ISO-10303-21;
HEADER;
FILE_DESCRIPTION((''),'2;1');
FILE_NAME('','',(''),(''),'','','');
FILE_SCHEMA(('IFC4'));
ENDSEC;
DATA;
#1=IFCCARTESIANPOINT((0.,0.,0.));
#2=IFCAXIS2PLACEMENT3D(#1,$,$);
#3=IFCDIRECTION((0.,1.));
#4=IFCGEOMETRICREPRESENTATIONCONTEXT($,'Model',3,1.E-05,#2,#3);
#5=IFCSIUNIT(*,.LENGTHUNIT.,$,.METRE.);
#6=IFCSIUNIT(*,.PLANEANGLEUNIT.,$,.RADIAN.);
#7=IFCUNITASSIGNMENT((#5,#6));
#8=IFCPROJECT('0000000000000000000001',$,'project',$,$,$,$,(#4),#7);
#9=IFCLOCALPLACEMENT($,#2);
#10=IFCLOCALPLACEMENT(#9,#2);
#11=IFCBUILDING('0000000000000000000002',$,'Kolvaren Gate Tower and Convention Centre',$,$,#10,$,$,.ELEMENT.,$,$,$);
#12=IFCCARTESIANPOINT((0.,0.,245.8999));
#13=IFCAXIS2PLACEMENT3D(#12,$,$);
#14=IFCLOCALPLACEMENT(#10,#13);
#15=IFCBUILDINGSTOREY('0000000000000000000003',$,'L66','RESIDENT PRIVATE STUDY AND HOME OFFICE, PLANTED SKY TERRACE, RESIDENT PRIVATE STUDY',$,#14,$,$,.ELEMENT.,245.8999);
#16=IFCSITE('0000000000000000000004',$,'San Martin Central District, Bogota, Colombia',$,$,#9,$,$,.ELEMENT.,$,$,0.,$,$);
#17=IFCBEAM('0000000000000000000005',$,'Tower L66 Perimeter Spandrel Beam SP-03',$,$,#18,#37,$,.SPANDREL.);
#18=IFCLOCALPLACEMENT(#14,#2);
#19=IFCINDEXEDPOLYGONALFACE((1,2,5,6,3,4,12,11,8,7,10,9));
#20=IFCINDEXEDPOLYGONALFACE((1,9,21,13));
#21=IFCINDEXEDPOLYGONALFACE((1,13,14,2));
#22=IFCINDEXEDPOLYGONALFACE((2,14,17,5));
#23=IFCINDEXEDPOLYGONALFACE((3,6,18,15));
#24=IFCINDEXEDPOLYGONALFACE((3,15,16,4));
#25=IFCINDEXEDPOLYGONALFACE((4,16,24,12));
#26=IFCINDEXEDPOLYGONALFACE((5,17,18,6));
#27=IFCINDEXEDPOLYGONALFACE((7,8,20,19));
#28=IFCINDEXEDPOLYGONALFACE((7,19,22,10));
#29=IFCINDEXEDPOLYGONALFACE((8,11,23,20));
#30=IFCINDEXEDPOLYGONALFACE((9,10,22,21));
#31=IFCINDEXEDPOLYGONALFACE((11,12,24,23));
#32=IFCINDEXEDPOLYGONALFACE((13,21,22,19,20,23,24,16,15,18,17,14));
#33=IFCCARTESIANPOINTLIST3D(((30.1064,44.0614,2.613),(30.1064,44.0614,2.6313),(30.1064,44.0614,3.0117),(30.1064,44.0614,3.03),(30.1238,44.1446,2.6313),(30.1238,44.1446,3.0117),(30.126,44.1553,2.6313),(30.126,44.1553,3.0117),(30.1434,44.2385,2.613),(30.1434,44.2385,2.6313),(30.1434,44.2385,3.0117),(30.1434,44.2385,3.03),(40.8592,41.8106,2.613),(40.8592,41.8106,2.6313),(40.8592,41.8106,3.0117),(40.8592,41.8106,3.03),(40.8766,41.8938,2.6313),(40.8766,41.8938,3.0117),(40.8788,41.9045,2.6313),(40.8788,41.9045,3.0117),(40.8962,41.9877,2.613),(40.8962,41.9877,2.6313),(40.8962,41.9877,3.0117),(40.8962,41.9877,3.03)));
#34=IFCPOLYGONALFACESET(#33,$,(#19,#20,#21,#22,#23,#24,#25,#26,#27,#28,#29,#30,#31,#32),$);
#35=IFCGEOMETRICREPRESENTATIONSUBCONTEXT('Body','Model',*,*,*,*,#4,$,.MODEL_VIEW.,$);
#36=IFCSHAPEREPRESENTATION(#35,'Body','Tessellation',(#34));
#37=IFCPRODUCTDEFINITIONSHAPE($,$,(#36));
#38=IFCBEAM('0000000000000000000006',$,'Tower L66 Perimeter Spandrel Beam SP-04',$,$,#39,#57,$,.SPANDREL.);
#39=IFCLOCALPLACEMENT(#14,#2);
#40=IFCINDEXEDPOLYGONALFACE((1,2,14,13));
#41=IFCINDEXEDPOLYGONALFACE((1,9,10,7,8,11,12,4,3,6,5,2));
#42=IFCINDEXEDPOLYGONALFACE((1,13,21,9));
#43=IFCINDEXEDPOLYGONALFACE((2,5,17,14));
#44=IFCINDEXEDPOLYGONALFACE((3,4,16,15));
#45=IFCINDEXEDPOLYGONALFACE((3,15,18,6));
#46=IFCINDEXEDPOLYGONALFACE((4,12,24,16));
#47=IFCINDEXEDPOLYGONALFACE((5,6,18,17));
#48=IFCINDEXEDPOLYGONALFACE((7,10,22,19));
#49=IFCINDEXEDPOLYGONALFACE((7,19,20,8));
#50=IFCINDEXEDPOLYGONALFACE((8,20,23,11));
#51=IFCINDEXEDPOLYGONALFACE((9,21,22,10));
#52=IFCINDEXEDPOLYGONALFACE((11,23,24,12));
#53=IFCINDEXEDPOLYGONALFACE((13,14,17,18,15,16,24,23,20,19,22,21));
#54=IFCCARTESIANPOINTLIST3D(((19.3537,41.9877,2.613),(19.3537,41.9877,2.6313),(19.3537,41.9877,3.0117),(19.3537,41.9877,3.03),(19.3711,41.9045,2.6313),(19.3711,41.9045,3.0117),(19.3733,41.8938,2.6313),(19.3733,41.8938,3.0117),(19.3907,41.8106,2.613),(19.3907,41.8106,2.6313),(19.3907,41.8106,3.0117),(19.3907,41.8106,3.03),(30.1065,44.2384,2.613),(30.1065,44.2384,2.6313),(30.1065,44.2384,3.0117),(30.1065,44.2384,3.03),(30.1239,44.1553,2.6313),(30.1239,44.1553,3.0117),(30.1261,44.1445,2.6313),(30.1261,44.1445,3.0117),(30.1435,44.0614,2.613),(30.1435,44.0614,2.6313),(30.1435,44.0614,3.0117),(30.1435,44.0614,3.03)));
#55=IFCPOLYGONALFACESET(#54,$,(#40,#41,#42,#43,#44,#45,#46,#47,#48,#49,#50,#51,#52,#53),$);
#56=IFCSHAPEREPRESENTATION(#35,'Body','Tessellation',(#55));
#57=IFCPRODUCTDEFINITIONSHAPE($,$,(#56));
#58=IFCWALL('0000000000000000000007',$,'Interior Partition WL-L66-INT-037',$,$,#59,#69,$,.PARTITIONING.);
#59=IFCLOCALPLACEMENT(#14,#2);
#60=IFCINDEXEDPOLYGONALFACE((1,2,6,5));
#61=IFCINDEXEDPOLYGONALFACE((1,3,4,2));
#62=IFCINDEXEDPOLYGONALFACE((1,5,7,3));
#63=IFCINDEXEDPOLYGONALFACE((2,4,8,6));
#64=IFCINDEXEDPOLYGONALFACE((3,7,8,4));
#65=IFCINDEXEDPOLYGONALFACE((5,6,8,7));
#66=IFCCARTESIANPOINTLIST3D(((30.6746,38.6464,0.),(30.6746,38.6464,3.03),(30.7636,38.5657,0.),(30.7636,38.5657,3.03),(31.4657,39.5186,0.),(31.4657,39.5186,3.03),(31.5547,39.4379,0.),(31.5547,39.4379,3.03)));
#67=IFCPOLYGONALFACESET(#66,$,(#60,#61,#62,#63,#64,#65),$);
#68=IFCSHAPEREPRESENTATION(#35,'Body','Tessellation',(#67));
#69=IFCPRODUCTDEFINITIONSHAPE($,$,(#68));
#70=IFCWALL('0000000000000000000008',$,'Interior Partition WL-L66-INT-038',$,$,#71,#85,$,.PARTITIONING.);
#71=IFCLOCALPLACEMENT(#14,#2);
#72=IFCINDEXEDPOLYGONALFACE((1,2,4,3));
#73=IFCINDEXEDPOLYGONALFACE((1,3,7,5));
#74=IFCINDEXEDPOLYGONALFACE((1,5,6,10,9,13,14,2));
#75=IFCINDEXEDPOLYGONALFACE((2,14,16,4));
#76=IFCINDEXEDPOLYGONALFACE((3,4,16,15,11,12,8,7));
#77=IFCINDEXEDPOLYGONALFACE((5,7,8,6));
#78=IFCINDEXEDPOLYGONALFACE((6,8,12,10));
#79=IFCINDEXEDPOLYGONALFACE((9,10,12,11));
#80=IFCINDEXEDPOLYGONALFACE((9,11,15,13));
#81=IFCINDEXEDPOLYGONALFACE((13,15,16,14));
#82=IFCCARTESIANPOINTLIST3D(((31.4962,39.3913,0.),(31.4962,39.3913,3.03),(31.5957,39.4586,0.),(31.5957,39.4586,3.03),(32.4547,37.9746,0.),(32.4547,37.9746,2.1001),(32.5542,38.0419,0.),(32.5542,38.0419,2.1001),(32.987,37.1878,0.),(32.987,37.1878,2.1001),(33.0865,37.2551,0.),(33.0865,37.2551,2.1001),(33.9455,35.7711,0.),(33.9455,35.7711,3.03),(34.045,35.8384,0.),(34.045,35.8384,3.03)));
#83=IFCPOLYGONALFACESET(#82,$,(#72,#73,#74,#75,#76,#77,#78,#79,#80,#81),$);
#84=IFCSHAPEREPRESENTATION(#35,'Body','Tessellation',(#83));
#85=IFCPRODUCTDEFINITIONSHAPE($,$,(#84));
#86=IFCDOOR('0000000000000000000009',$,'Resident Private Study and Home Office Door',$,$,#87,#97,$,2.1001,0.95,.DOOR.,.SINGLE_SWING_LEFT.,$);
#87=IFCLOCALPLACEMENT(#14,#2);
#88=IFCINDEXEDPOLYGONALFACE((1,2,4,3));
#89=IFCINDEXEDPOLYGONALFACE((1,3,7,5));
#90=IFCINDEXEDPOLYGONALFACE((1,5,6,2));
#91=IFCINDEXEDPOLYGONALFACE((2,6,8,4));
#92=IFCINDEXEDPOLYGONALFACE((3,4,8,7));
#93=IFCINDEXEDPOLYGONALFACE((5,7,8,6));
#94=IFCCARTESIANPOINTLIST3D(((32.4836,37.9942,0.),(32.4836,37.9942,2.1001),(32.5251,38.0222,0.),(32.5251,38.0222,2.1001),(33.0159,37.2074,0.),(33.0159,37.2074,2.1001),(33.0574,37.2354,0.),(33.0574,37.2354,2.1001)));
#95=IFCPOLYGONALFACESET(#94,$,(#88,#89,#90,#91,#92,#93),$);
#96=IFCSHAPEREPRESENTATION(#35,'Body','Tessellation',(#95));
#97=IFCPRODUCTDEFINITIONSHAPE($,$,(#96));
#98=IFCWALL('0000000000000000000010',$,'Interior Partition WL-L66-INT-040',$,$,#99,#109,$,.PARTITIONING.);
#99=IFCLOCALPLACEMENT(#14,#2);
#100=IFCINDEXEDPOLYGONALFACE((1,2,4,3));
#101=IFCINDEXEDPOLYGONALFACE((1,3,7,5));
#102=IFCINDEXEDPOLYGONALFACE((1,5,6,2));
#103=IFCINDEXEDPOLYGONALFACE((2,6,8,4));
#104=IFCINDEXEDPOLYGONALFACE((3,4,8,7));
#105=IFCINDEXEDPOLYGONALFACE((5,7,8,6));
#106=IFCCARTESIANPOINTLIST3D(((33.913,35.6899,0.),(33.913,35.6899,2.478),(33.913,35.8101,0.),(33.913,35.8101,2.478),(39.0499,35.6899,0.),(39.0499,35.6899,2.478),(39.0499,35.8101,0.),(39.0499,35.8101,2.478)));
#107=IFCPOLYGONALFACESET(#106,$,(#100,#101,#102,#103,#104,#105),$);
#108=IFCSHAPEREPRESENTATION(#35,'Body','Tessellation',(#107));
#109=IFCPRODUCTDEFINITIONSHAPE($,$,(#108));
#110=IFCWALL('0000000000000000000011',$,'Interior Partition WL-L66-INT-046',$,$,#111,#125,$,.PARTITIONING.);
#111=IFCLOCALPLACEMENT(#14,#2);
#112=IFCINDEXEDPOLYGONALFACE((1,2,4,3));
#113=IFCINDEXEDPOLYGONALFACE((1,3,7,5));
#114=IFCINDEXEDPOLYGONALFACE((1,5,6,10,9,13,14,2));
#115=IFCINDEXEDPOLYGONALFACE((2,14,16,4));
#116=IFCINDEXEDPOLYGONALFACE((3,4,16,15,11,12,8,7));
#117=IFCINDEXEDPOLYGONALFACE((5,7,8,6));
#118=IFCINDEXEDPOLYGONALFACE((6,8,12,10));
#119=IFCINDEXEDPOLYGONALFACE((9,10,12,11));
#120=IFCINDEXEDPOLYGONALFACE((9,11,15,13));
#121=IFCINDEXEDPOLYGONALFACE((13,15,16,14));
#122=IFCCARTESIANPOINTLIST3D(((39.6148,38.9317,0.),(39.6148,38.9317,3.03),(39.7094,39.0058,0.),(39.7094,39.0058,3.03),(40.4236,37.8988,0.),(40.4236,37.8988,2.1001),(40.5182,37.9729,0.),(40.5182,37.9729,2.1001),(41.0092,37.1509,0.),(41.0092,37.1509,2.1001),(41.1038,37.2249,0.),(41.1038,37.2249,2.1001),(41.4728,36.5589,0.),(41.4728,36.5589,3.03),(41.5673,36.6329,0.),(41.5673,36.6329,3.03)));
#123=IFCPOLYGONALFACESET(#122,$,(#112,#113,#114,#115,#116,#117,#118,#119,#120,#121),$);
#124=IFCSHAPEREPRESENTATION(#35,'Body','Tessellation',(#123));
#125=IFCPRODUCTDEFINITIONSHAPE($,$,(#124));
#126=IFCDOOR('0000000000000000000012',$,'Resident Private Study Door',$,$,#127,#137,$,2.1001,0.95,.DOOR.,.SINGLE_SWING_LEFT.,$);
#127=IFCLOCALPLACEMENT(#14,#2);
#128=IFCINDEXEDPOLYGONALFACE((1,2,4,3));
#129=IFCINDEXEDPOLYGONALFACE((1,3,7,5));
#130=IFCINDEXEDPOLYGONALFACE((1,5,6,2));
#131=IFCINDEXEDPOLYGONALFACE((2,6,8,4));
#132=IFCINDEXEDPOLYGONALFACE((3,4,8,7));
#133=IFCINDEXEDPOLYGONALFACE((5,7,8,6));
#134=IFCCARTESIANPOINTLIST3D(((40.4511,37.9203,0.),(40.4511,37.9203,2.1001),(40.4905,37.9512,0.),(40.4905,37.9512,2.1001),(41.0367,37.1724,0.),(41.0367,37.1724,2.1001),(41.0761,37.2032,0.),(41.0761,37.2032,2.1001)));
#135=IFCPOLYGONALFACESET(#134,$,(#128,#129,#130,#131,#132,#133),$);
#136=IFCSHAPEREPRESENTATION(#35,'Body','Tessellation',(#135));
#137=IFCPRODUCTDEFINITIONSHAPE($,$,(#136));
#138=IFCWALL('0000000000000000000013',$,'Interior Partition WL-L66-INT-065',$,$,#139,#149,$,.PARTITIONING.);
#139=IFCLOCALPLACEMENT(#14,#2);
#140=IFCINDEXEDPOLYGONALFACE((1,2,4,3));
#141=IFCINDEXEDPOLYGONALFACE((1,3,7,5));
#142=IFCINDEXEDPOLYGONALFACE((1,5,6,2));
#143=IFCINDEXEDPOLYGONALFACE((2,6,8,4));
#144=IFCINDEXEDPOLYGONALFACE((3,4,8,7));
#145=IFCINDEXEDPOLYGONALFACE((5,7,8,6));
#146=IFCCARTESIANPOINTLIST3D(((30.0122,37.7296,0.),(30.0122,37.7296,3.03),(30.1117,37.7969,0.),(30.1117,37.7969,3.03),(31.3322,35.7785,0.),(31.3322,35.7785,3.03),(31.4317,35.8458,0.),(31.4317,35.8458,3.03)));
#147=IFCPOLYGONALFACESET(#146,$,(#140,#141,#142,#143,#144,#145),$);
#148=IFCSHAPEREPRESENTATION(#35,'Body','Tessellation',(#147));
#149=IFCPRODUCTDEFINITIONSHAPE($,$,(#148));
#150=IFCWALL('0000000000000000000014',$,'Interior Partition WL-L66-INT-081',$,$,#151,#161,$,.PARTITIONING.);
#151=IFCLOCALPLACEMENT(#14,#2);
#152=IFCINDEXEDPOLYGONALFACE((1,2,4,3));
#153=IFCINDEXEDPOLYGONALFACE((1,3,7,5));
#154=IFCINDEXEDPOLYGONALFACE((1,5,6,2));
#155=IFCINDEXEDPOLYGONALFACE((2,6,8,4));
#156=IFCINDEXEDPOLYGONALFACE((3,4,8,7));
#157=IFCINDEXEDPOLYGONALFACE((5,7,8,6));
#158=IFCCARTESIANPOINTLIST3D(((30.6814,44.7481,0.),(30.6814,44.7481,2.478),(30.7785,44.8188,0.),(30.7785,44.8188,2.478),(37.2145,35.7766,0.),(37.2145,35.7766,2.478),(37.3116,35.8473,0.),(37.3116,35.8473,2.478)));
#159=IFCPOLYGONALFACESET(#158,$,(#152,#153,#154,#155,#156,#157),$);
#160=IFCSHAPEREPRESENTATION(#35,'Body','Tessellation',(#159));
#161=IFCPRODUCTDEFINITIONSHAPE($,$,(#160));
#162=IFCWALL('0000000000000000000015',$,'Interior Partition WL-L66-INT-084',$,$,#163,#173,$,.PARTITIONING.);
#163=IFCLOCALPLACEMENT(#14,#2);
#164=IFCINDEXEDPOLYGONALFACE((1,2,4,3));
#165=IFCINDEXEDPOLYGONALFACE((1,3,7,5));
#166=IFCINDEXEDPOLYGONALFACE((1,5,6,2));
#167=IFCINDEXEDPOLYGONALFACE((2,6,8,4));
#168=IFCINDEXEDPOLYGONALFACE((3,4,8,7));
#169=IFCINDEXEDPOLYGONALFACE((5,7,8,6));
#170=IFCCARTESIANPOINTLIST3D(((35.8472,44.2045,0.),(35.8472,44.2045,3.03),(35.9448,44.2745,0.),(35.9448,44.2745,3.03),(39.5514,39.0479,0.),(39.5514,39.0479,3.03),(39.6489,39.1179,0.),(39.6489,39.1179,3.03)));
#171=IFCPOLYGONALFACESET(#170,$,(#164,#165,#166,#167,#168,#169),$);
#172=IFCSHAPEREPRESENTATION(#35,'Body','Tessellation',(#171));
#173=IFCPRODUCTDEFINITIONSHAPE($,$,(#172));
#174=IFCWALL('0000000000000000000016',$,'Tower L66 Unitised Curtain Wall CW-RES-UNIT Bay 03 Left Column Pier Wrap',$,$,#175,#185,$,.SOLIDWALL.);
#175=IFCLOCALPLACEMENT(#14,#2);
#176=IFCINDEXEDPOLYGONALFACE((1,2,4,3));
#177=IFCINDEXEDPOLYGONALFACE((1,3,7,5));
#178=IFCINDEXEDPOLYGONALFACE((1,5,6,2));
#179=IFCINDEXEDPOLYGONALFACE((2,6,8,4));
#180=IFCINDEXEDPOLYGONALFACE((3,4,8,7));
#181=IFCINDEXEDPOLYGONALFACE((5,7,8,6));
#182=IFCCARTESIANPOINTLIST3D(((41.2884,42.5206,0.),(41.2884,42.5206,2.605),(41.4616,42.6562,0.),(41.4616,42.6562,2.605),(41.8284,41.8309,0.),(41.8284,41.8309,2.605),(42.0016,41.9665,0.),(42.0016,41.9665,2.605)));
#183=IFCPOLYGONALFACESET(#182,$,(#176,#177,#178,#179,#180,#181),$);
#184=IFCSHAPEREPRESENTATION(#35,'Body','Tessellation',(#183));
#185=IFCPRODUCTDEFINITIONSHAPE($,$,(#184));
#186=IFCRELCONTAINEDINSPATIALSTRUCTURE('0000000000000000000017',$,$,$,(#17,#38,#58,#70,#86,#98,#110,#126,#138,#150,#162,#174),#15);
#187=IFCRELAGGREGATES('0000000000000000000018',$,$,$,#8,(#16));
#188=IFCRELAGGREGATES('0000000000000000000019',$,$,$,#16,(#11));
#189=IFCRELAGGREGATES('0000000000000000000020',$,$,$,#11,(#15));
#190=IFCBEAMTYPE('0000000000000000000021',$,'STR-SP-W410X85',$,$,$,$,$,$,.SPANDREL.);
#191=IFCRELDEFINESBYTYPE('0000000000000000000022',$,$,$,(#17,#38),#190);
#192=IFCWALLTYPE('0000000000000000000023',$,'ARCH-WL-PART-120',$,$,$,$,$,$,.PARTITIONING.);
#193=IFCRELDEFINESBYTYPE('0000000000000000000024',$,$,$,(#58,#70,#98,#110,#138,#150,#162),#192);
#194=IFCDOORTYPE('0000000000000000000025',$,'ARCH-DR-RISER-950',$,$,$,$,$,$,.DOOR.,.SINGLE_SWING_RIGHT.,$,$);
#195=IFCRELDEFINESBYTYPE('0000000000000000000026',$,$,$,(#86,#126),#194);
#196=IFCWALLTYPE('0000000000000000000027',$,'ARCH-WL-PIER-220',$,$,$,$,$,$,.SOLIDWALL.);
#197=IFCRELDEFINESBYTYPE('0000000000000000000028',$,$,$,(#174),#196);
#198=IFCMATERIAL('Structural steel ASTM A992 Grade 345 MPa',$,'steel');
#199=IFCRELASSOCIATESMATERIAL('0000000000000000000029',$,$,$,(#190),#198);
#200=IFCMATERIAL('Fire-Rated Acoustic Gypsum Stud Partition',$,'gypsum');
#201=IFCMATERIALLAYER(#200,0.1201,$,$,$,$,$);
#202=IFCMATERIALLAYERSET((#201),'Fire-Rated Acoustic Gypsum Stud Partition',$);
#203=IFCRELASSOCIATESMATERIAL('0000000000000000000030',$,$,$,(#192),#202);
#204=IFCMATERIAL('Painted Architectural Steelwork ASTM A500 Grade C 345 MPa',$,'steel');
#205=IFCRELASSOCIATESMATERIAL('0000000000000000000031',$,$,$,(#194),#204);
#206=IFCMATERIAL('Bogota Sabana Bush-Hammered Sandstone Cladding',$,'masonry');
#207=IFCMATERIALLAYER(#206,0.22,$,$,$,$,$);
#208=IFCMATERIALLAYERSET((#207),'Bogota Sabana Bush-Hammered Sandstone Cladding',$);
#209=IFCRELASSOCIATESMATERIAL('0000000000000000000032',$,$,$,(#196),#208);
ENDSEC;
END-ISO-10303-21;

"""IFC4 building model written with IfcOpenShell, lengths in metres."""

from ifc_helpers import new_model, si_unit, direction, frame, frame_2d, origin, origin_2d, place, context, subcontext, project, spatial, rectangle, i_section, extrude, material, layer, layer_set, material_profile, profile_set, type_object, element, fill, save


model = new_model("IFC4")

# Units and contexts
model_context = context("Model", 3, precision=1e-05, world=origin(), true_north=direction((0.0, 1.0)))
body_context = subcontext(model_context, "Body", "Model", "MODEL_VIEW")
ifc_project = project(units=[si_unit("LENGTHUNIT", "METRE"), si_unit("PLANEANGLEUNIT", "RADIAN")], contexts=[model_context])

# Site, building, storey
site_placement = place(None, origin())
site = spatial("IfcSite", under=ifc_project, at=site_placement, Name="San Martin Central District, Bogota, Colombia", CompositionType="ELEMENT", RefElevation=0.0)
building_placement = place(site_placement, origin())
building = spatial("IfcBuilding", under=site, at=building_placement, Name="Kolvaren Gate Tower and Convention Centre", CompositionType="ELEMENT")
storey_placement = place(building_placement, frame((0.0, 0.0, 245.8999)))
storey = spatial("IfcBuildingStorey", under=building, at=storey_placement, Name="L66", Description="RESIDENT PRIVATE STUDY AND HOME OFFICE, PLANTED SKY TERRACE, RESIDENT PRIVATE STUDY", CompositionType="ELEMENT", Elevation=245.8999)

# Beams
ifc_material_1 = material(Name="Structural steel ASTM A992 Grade 345 MPa", Category="steel")
ifc_material_profile_1 = material_profile(ifc_material_1, i_section(OverallWidth=0.1809, OverallDepth=0.417, WebThickness=0.011, FlangeThickness=0.0183, at=origin_2d()), Name="W410X85")
ifc_profile_set_1 = profile_set([ifc_material_profile_1], Name="Structural steel ASTM A992 Grade 345 MPa")
beam_type_1 = type_object("IfcBeamType", Name="STR-SP-W410X85", PredefinedType="SPANDREL", material=ifc_profile_set_1)
for number, where, z_axis, x_axis, name in (
    (1, (40.8777, 41.8992, 2.8215), (-0.978788, 0.204878, 0.0), (-0.204878, -0.978788, 0.0), "Tower L66 Perimeter Spandrel Beam SP-03"),
    (2, (30.125, 44.1499, 2.8215), (-0.978788, -0.204878, 0.0), (0.204878, -0.978788, 0.0), "Tower L66 Perimeter Spandrel Beam SP-04"),
):
    element("IfcBeam", number, at=place(storey_placement, frame(where, z_axis=z_axis, x_axis=x_axis)), inside=storey, type_object=beam_type_1, Name=name, PredefinedType="SPANDREL", context=body_context, shape_type="SweptSolid", body=[
        extrude(i_section(OverallWidth=0.1809, OverallDepth=0.417, WebThickness=0.011, FlangeThickness=0.0183, at=origin_2d()), origin(), (0.0, 0.0, 1.0), 10.9858),
    ])

# Wall
ifc_material_2 = material(Name="Fire-Rated Acoustic Gypsum Stud Partition", Category="gypsum")
ifc_layer_1 = layer(ifc_material_2, 0.1201)
ifc_layer_set_1 = layer_set([ifc_layer_1], Name="Fire-Rated Acoustic Gypsum Stud Partition")
wall_type_1 = type_object("IfcWallType", Name="ARCH-WL-PART-120", PredefinedType="PARTITIONING", material=ifc_layer_set_1)
wall_1_placement = place(storey_placement, frame((30.719, 38.606, 0.0), z_axis=(0.0, 0.0, 1.0), x_axis=(0.671847, 0.74069, 0.0)))
element("IfcWall", 3, at=wall_1_placement, inside=storey, type_object=wall_type_1, Name="Interior Partition WL-L66-INT-037", PredefinedType="PARTITIONING", context=body_context, shape_type="SweptSolid", body=[
    extrude(rectangle(XDim=1.1775, YDim=0.1201, at=frame_2d((0.5889, 0.0))), origin(), (0.0, 0.0, 1.0), 3.03),
])

# Wall, opening, door
wall_2_placement = place(storey_placement, frame((31.5459, 39.425, 0.0), z_axis=(0.0, 0.0, 1.0), x_axis=(0.560359, -0.82825, 0.0)))
wall_2 = element("IfcWall", 4, at=wall_2_placement, inside=storey, type_object=wall_type_1, Name="Interior Partition WL-L66-INT-038", PredefinedType="PARTITIONING", context=body_context, shape_type="SweptSolid", body=[
    extrude(rectangle(XDim=4.3708, YDim=0.1201, at=frame_2d((2.1855, 0.0))), origin(), (0.0, 0.0, 1.0), 3.03),
])
opening_1_placement = place(wall_2_placement, frame((1.7104, 0.0, 0.0)))
opening_1 = element("IfcOpeningElement", 5, at=opening_1_placement, cuts=wall_2, PredefinedType="OPENING", context=body_context, shape_type="SweptSolid", body=[
    extrude(rectangle(XDim=0.95, YDim=2.1001, at=frame_2d((0.4751, 1.05))), frame((0.0, 0.0701, 0.0), z_axis=(0.0, -1.0, 0.0), x_axis=(1.0, 0.0, 0.0)), (0.0, 0.0, 1.0), 0.1401),
])
ifc_material_3 = material(Name="Painted Architectural Steelwork ASTM A500 Grade C 345 MPa", Category="steel")
door_type = type_object("IfcDoorType", Name="ARCH-DR-RISER-950", OperationType="SINGLE_SWING_RIGHT", PredefinedType="DOOR", material=ifc_material_3)
door_1_placement = place(opening_1_placement, origin())
door_1 = element("IfcDoor", 6, at=door_1_placement, inside=storey, type_object=door_type, Name="Resident Private Study and Home Office Door", OperationType="SINGLE_SWING_LEFT", OverallHeight=2.1001, OverallWidth=0.95, PredefinedType="DOOR", context=body_context, shape_type="SweptSolid", body=[
    extrude(rectangle(XDim=0.95, YDim=2.1001, at=frame_2d((0.4751, 1.05))), frame((0.0, 0.0249, 0.0), z_axis=(0.0, -1.0, 0.0), x_axis=(1.0, 0.0, 0.0)), (0.0, 0.0, 1.0), 0.05),
])
fill(opening_1, door_1)

# Wall
wall_3_placement = place(storey_placement, frame((33.9131, 35.75, 0.0), z_axis=(0.0, 0.0, 1.0), x_axis=(1.0, 0.0, 0.0)))
element("IfcWall", 7, at=wall_3_placement, inside=storey, type_object=wall_type_1, Name="Interior Partition WL-L66-INT-040", PredefinedType="PARTITIONING", context=body_context, shape_type="SweptSolid", body=[
    extrude(rectangle(XDim=5.137, YDim=0.1201, at=frame_2d((2.5684, 0.0))), origin(), (0.0, 0.0, 1.0), 2.478),
])

# Wall, opening, door
wall_4_placement = place(storey_placement, frame((39.6621, 38.9688, 0.0), z_axis=(0.0, 0.0, 1.0), x_axis=(0.6165, -0.787355, 0.0)))
wall_4 = element("IfcWall", 8, at=wall_4_placement, inside=storey, type_object=wall_type_1, Name="Interior Partition WL-L66-INT-046", PredefinedType="PARTITIONING", context=body_context, shape_type="SweptSolid", body=[
    extrude(rectangle(XDim=3.0137, YDim=0.1201, at=frame_2d((1.5068, 0.0))), origin(), (0.0, 0.0, 1.0), 3.03),
])
opening_2_placement = place(wall_4_placement, frame((1.3118, 0.0, 0.0)))
opening_2 = element("IfcOpeningElement", 9, at=opening_2_placement, cuts=wall_4, PredefinedType="OPENING", context=body_context, shape_type="SweptSolid", body=[
    extrude(rectangle(XDim=0.95, YDim=2.1001, at=frame_2d((0.4751, 1.05))), frame((0.0, 0.0701, 0.0), z_axis=(0.0, -1.0, 0.0), x_axis=(1.0, 0.0, 0.0)), (0.0, 0.0, 1.0), 0.1401),
])
door_2_placement = place(opening_2_placement, origin())
door_2 = element("IfcDoor", 10, at=door_2_placement, inside=storey, type_object=door_type, Name="Resident Private Study Door", OperationType="SINGLE_SWING_LEFT", OverallHeight=2.1001, OverallWidth=0.95, PredefinedType="DOOR", context=body_context, shape_type="SweptSolid", body=[
    extrude(rectangle(XDim=0.95, YDim=2.1001, at=frame_2d((0.4751, 1.05))), frame((0.0, 0.0249, 0.0), z_axis=(0.0, -1.0, 0.0), x_axis=(1.0, 0.0, 0.0)), (0.0, 0.0, 1.0), 0.05),
])
fill(opening_2, door_2)

# Walls
wall_5_placement = place(storey_placement, frame((30.062, 37.7632, 0.0), z_axis=(0.0, 0.0, 1.0), x_axis=(0.560355, -0.828252, 0.0)))
element("IfcWall", 11, at=wall_5_placement, inside=storey, type_object=wall_type_1, Name="Interior Partition WL-L66-INT-065", PredefinedType="PARTITIONING", context=body_context, shape_type="SweptSolid", body=[
    extrude(rectangle(XDim=2.3557, YDim=0.1201, at=frame_2d((1.1777, 0.0))), origin(), (0.0, 0.0, 1.0), 3.03),
])
wall_6_placement = place(storey_placement, frame((30.73, 44.7834, 0.0), z_axis=(0.0, 0.0, 1.0), x_axis=(0.588659, -0.808381, 0.0)))
element("IfcWall", 12, at=wall_6_placement, inside=storey, type_object=wall_type_1, Name="Interior Partition WL-L66-INT-081", PredefinedType="PARTITIONING", context=body_context, shape_type="SweptSolid", body=[
    extrude(rectangle(XDim=11.0981, YDim=0.1201, at=frame_2d((5.5491, 0.0))), origin(), (0.0, 0.0, 1.0), 2.478),
])
wall_7_placement = place(storey_placement, frame((35.896, 44.2395, 0.0), z_axis=(0.0, 0.0, 1.0), x_axis=(0.583415, -0.812174, 0.0)))
element("IfcWall", 13, at=wall_7_placement, inside=storey, type_object=wall_type_1, Name="Interior Partition WL-L66-INT-084", PredefinedType="PARTITIONING", context=body_context, shape_type="SweptSolid", body=[
    extrude(rectangle(XDim=6.3491, YDim=0.1201, at=frame_2d((3.1746, 0.0))), origin(), (0.0, 0.0, 1.0), 3.03),
])
ifc_material_4 = material(Name="Bogota Sabana Bush-Hammered Sandstone Cladding", Category="masonry")
ifc_layer_2 = layer(ifc_material_4, 0.22)
ifc_layer_set_2 = layer_set([ifc_layer_2], Name="Bogota Sabana Bush-Hammered Sandstone Cladding")
wall_type_2 = type_object("IfcWallType", Name="ARCH-WL-PIER-220", PredefinedType="SOLIDWALL", material=ifc_layer_set_2)
wall_8_placement = place(storey_placement, frame((41.375, 42.5884, 0.0), z_axis=(0.0, 0.0, 1.0), x_axis=(0.616504, -0.787352, 0.0)))
element("IfcWall", 14, at=wall_8_placement, inside=storey, type_object=wall_type_2, Name="Tower L66 Unitised Curtain Wall CW-RES-UNIT Bay 03 Left Column Pier Wrap", PredefinedType="SOLIDWALL", context=body_context, shape_type="SweptSolid", body=[
    extrude(rectangle(XDim=0.876, YDim=0.22, at=frame_2d((0.438, 0.0))), origin(), (0.0, 0.0, 1.0), 2.605),
])

save(model, "model.ifc")
